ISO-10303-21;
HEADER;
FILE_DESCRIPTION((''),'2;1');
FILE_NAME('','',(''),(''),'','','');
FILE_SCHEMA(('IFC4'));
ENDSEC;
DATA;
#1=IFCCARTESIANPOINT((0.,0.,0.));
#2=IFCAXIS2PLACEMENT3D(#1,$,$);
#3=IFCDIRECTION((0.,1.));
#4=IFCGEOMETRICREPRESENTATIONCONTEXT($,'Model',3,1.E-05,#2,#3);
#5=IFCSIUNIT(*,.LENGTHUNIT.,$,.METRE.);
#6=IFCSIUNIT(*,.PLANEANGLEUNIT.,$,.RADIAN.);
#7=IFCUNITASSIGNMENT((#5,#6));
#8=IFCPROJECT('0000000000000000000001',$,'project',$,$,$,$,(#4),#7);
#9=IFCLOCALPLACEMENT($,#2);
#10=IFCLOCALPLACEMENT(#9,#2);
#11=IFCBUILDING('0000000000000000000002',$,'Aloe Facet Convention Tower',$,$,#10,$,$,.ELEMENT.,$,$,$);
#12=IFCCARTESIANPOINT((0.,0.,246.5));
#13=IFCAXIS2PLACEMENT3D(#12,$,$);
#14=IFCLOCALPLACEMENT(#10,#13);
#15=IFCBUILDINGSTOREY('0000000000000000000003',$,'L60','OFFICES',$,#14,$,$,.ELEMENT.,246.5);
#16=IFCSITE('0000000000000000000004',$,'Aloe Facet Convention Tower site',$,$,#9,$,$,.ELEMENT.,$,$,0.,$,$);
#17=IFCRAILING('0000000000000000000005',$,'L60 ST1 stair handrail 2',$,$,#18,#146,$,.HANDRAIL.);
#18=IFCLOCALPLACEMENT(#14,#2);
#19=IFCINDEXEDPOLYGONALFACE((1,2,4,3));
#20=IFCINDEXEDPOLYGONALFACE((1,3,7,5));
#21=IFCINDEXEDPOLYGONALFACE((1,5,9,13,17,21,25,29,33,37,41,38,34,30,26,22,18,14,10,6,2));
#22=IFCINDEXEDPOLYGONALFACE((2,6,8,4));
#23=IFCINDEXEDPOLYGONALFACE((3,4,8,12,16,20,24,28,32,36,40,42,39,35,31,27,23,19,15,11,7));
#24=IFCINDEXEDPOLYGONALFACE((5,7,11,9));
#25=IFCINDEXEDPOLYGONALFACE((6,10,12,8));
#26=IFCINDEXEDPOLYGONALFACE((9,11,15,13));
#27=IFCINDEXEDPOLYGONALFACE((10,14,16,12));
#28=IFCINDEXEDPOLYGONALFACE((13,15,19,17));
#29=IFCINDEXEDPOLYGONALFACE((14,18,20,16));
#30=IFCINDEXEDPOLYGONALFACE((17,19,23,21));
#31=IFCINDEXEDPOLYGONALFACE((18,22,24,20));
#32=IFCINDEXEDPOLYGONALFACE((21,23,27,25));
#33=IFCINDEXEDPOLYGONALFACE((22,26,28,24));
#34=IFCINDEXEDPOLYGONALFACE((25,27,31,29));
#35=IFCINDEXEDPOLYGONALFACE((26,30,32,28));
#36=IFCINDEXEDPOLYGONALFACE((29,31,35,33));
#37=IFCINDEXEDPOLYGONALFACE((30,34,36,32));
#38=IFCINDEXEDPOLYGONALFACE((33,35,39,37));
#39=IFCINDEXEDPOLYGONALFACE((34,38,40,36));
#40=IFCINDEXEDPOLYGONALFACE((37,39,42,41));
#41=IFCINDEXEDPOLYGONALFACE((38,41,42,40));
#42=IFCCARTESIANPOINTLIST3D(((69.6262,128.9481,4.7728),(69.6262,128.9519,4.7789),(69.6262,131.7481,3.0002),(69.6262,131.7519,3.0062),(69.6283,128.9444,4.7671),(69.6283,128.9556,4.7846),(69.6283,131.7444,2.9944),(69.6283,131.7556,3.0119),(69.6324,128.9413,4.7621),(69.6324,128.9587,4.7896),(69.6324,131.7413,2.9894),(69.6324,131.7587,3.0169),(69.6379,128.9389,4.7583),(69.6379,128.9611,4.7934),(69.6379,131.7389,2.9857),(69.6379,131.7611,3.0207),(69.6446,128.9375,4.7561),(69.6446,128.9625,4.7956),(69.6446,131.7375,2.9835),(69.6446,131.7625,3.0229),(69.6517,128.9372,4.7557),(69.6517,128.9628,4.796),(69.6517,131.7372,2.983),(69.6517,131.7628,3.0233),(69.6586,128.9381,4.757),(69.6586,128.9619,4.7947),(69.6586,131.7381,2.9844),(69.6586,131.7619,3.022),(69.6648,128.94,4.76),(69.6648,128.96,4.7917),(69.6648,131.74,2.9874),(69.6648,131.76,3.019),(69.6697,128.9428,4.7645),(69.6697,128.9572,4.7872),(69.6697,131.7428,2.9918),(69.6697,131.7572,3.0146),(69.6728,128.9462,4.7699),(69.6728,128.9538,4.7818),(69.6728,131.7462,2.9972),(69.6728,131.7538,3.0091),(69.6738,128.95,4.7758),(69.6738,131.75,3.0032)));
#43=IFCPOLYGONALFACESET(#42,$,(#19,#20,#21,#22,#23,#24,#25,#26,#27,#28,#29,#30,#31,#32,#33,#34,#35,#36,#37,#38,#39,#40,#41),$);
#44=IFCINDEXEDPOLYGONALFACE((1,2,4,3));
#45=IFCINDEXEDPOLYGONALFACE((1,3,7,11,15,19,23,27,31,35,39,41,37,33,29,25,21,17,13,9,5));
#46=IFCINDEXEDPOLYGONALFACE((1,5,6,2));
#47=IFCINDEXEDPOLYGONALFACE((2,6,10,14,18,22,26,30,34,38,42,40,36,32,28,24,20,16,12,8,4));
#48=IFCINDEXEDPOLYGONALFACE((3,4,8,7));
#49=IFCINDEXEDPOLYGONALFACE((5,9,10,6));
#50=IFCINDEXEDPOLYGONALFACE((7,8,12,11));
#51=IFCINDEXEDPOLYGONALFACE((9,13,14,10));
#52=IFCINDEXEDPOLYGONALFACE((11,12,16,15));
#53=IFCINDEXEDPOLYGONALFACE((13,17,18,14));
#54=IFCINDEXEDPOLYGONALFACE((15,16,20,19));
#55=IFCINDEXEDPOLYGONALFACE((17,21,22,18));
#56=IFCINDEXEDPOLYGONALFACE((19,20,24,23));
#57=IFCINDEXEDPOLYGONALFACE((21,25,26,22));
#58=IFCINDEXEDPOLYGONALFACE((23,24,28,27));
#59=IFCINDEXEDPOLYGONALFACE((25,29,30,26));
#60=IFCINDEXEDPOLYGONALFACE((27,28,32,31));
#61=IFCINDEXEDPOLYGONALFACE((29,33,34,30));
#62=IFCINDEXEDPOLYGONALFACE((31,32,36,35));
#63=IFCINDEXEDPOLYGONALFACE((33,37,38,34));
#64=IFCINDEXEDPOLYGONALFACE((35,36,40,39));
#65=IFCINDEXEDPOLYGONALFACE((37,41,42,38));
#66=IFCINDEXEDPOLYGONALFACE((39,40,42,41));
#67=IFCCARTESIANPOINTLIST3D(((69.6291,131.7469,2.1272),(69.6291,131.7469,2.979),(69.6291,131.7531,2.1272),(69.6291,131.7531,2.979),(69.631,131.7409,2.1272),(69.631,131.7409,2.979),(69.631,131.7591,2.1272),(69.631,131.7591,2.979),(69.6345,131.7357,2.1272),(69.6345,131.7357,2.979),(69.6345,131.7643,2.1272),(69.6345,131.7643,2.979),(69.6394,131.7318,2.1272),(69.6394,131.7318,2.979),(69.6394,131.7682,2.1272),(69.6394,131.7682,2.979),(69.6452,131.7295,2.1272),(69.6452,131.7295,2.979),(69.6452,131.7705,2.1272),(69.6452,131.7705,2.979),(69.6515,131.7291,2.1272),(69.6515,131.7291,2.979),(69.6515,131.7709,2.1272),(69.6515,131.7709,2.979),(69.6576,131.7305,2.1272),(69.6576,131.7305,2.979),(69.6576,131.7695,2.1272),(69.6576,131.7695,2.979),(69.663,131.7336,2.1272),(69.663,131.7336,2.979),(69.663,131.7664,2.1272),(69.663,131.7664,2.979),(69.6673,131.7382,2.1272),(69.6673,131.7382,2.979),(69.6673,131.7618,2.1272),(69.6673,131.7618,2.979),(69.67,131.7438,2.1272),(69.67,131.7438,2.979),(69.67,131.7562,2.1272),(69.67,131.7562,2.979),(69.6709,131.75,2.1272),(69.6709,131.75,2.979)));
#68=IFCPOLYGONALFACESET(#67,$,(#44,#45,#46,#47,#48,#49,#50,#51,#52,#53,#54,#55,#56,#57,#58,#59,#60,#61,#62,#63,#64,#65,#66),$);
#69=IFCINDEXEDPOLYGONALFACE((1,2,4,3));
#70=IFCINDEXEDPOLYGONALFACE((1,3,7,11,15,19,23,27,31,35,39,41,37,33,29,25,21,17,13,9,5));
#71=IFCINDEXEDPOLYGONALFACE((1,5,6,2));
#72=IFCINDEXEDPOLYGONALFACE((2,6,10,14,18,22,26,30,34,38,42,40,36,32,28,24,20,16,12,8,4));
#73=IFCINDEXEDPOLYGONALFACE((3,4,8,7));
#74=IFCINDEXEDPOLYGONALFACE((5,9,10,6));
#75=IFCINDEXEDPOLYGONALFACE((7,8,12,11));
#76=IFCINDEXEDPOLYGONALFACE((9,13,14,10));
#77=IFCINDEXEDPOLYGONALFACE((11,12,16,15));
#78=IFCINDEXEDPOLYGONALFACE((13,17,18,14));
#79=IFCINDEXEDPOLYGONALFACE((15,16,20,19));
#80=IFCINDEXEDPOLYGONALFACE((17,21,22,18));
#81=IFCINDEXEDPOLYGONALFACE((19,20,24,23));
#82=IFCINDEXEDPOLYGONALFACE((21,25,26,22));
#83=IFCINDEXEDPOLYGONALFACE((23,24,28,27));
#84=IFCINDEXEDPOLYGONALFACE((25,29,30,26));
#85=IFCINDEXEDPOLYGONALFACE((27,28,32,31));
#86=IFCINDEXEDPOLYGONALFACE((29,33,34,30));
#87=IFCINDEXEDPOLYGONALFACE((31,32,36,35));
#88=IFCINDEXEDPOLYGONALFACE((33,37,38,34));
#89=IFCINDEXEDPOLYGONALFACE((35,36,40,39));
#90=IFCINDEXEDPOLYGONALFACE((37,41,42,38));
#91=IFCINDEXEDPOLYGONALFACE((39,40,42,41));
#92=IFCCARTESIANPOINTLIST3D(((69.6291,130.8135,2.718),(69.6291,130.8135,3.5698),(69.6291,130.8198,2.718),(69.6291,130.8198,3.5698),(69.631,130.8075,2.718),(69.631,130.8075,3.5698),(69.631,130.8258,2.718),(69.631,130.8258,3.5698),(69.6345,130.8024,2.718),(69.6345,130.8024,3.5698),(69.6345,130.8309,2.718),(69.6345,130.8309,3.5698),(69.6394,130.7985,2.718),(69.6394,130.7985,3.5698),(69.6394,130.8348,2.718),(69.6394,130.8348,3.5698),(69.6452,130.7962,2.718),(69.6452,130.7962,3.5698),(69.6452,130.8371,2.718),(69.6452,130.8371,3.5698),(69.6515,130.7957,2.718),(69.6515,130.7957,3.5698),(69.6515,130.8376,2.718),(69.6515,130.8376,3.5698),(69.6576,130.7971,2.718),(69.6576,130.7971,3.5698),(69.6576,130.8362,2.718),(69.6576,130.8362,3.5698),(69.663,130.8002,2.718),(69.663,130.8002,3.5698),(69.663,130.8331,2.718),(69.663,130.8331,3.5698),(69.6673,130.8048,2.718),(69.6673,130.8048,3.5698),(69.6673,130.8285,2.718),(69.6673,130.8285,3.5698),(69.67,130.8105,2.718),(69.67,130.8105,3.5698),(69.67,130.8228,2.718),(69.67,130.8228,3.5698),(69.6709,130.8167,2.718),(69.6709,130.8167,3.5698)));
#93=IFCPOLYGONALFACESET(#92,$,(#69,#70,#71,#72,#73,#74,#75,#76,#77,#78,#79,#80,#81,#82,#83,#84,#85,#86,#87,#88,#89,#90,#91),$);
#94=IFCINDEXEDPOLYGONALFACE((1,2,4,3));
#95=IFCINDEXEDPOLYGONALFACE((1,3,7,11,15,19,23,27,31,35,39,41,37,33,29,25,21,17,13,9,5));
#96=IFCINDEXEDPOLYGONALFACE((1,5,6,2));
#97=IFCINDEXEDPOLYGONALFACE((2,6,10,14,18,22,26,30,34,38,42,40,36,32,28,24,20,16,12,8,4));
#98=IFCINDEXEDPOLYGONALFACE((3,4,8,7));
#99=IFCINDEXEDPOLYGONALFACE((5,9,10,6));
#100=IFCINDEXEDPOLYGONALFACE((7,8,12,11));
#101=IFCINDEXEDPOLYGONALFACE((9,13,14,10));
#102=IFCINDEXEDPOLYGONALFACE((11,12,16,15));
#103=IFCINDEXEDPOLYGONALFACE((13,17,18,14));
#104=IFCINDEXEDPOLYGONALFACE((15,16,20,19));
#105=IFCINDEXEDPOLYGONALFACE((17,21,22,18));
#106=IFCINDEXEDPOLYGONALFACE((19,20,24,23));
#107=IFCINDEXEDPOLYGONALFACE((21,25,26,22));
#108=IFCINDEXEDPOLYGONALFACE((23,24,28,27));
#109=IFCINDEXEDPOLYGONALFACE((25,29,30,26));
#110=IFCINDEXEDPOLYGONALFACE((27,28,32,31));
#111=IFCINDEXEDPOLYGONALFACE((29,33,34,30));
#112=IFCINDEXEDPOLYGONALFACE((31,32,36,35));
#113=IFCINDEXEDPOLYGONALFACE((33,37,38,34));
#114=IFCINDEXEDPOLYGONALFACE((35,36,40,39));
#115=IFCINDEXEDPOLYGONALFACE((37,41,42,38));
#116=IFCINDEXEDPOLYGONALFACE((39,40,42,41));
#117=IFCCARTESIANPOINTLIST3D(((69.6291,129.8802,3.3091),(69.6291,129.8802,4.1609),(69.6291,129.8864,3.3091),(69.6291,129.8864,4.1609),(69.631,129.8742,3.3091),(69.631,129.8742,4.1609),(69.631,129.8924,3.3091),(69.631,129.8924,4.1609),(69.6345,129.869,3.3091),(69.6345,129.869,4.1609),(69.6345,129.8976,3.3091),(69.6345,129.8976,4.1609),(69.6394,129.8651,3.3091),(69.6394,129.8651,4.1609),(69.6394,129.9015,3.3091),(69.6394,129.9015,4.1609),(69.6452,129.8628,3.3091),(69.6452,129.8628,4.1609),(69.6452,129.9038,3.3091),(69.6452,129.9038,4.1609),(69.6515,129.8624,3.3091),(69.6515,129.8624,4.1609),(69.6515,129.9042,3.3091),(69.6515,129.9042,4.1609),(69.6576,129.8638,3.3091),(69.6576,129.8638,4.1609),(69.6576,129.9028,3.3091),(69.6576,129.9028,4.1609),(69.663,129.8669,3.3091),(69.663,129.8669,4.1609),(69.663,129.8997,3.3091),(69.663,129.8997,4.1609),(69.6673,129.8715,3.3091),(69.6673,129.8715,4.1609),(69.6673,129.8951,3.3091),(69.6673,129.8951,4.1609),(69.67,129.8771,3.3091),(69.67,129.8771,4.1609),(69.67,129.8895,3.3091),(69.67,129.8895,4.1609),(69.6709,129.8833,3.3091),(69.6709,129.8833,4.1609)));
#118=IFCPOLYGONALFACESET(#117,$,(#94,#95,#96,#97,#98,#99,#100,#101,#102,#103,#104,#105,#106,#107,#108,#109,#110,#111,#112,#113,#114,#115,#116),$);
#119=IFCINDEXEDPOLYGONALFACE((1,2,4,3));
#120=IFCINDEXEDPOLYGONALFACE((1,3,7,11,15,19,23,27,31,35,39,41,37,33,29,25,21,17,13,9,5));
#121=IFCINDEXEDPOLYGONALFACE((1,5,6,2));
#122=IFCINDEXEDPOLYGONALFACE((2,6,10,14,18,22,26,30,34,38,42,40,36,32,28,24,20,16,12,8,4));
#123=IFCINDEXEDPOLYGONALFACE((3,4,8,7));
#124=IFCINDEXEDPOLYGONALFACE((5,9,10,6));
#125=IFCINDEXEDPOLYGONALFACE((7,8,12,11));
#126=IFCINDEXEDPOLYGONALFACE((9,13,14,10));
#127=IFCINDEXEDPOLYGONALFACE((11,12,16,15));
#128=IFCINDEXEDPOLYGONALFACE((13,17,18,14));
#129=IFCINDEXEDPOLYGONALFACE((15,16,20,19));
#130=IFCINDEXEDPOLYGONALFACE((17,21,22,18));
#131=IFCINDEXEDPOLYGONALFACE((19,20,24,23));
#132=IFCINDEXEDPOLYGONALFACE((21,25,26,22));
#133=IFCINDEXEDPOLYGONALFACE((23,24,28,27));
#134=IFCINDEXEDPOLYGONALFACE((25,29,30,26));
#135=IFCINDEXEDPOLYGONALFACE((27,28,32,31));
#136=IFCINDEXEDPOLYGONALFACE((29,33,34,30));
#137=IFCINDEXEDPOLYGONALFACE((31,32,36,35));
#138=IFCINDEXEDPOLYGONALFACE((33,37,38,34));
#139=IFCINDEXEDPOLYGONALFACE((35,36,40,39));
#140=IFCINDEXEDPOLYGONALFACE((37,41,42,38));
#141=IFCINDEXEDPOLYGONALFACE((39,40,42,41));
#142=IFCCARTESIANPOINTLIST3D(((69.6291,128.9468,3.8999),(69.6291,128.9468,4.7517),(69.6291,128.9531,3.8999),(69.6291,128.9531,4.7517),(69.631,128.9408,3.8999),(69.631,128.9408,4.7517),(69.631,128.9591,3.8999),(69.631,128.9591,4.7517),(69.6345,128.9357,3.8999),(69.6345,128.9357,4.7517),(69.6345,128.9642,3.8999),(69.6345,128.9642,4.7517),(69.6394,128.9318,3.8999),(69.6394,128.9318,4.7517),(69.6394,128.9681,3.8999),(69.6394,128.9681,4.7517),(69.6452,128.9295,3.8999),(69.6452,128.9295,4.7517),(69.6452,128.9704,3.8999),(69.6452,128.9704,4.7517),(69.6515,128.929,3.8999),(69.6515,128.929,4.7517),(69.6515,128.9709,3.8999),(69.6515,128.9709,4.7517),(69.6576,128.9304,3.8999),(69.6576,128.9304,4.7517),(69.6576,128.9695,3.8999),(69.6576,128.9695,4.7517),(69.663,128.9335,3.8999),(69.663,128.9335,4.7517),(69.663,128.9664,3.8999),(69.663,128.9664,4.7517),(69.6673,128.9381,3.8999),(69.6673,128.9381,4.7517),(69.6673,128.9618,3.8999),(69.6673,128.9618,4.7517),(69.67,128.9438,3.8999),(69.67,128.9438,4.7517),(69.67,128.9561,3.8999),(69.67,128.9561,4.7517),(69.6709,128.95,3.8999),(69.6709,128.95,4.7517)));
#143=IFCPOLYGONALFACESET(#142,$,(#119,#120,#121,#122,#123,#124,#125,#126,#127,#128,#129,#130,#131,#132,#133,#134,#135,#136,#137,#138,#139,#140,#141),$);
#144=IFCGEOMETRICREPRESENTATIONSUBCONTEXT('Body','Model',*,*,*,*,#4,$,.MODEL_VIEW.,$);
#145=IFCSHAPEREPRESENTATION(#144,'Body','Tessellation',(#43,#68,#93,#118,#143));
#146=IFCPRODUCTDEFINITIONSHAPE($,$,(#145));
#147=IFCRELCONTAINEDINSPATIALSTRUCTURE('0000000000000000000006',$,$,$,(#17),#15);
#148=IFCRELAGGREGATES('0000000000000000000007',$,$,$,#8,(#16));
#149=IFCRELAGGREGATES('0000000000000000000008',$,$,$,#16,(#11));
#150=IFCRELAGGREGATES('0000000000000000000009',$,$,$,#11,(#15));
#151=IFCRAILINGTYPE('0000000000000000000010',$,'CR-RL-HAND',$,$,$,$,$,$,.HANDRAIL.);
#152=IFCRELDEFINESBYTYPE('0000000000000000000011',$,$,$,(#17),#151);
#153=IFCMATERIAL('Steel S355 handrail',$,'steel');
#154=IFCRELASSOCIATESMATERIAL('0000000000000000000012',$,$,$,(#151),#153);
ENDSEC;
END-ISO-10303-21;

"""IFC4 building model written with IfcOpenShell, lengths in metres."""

from ifc_helpers import new_model, si_unit, direction, frame, origin, origin_2d, place, context, subcontext, project, spatial, circle, extrude, material, type_object, element, save


model = new_model("IFC4")

# Units and contexts
model_context = context("Model", 3, precision=1e-05, world=origin(), true_north=direction((0.0, 1.0)))
body_context = subcontext(model_context, "Body", "Model", "MODEL_VIEW")
ifc_project = project(units=[si_unit("LENGTHUNIT", "METRE"), si_unit("PLANEANGLEUNIT", "RADIAN")], contexts=[model_context])

# Site, building, storey
site_placement = place(None, origin())
site = spatial("IfcSite", under=ifc_project, at=site_placement, Name="Aloe Facet Convention Tower site", CompositionType="ELEMENT", RefElevation=0.0)
building_placement = place(site_placement, origin())
building = spatial("IfcBuilding", under=site, at=building_placement, Name="Aloe Facet Convention Tower", CompositionType="ELEMENT")
storey_placement = place(building_placement, frame((0.0, 0.0, 246.5)))
storey = spatial("IfcBuildingStorey", under=building, at=storey_placement, Name="L60", Description="OFFICES", CompositionType="ELEMENT", Elevation=246.5)

# Railing
ifc_material_1 = material(Name="Steel S355 handrail", Category="steel")
railing_type_1 = type_object("IfcRailingType", Name="CR-RL-HAND", PredefinedType="HANDRAIL", material=ifc_material_1)
railing_1_placement = place(storey_placement, frame((69.6499, 131.75, 2.1272)))
element("IfcRailing", 1, at=railing_1_placement, inside=storey, type_object=railing_type_1, Name="L60 ST1 stair handrail 2", PredefinedType="HANDRAIL", context=body_context, shape_type="SweptSolid", body=[
    extrude(circle(Radius=0.0239, at=origin_2d()), frame((0.0, 0.0, 0.876), z_axis=(0.0, -0.844909, 0.53491), x_axis=(1.0, 0.0, 0.0)), (0.0, 0.0, 1.0), 3.314),
    extrude(circle(Radius=0.021, at=origin_2d()), origin(), (0.0, 0.0, 1.0), 0.8518),
    extrude(circle(Radius=0.021, at=origin_2d()), frame((0.0, -0.9333, 0.5908)), (0.0, 0.0, 1.0), 0.8518),
    extrude(circle(Radius=0.021, at=origin_2d()), frame((0.0, -1.8667, 1.1819)), (0.0, 0.0, 1.0), 0.8518),
    extrude(circle(Radius=0.021, at=origin_2d()), frame((0.0, -2.8, 1.7727)), (0.0, 0.0, 1.0), 0.8518),
])

save(model, "model.ifc")
